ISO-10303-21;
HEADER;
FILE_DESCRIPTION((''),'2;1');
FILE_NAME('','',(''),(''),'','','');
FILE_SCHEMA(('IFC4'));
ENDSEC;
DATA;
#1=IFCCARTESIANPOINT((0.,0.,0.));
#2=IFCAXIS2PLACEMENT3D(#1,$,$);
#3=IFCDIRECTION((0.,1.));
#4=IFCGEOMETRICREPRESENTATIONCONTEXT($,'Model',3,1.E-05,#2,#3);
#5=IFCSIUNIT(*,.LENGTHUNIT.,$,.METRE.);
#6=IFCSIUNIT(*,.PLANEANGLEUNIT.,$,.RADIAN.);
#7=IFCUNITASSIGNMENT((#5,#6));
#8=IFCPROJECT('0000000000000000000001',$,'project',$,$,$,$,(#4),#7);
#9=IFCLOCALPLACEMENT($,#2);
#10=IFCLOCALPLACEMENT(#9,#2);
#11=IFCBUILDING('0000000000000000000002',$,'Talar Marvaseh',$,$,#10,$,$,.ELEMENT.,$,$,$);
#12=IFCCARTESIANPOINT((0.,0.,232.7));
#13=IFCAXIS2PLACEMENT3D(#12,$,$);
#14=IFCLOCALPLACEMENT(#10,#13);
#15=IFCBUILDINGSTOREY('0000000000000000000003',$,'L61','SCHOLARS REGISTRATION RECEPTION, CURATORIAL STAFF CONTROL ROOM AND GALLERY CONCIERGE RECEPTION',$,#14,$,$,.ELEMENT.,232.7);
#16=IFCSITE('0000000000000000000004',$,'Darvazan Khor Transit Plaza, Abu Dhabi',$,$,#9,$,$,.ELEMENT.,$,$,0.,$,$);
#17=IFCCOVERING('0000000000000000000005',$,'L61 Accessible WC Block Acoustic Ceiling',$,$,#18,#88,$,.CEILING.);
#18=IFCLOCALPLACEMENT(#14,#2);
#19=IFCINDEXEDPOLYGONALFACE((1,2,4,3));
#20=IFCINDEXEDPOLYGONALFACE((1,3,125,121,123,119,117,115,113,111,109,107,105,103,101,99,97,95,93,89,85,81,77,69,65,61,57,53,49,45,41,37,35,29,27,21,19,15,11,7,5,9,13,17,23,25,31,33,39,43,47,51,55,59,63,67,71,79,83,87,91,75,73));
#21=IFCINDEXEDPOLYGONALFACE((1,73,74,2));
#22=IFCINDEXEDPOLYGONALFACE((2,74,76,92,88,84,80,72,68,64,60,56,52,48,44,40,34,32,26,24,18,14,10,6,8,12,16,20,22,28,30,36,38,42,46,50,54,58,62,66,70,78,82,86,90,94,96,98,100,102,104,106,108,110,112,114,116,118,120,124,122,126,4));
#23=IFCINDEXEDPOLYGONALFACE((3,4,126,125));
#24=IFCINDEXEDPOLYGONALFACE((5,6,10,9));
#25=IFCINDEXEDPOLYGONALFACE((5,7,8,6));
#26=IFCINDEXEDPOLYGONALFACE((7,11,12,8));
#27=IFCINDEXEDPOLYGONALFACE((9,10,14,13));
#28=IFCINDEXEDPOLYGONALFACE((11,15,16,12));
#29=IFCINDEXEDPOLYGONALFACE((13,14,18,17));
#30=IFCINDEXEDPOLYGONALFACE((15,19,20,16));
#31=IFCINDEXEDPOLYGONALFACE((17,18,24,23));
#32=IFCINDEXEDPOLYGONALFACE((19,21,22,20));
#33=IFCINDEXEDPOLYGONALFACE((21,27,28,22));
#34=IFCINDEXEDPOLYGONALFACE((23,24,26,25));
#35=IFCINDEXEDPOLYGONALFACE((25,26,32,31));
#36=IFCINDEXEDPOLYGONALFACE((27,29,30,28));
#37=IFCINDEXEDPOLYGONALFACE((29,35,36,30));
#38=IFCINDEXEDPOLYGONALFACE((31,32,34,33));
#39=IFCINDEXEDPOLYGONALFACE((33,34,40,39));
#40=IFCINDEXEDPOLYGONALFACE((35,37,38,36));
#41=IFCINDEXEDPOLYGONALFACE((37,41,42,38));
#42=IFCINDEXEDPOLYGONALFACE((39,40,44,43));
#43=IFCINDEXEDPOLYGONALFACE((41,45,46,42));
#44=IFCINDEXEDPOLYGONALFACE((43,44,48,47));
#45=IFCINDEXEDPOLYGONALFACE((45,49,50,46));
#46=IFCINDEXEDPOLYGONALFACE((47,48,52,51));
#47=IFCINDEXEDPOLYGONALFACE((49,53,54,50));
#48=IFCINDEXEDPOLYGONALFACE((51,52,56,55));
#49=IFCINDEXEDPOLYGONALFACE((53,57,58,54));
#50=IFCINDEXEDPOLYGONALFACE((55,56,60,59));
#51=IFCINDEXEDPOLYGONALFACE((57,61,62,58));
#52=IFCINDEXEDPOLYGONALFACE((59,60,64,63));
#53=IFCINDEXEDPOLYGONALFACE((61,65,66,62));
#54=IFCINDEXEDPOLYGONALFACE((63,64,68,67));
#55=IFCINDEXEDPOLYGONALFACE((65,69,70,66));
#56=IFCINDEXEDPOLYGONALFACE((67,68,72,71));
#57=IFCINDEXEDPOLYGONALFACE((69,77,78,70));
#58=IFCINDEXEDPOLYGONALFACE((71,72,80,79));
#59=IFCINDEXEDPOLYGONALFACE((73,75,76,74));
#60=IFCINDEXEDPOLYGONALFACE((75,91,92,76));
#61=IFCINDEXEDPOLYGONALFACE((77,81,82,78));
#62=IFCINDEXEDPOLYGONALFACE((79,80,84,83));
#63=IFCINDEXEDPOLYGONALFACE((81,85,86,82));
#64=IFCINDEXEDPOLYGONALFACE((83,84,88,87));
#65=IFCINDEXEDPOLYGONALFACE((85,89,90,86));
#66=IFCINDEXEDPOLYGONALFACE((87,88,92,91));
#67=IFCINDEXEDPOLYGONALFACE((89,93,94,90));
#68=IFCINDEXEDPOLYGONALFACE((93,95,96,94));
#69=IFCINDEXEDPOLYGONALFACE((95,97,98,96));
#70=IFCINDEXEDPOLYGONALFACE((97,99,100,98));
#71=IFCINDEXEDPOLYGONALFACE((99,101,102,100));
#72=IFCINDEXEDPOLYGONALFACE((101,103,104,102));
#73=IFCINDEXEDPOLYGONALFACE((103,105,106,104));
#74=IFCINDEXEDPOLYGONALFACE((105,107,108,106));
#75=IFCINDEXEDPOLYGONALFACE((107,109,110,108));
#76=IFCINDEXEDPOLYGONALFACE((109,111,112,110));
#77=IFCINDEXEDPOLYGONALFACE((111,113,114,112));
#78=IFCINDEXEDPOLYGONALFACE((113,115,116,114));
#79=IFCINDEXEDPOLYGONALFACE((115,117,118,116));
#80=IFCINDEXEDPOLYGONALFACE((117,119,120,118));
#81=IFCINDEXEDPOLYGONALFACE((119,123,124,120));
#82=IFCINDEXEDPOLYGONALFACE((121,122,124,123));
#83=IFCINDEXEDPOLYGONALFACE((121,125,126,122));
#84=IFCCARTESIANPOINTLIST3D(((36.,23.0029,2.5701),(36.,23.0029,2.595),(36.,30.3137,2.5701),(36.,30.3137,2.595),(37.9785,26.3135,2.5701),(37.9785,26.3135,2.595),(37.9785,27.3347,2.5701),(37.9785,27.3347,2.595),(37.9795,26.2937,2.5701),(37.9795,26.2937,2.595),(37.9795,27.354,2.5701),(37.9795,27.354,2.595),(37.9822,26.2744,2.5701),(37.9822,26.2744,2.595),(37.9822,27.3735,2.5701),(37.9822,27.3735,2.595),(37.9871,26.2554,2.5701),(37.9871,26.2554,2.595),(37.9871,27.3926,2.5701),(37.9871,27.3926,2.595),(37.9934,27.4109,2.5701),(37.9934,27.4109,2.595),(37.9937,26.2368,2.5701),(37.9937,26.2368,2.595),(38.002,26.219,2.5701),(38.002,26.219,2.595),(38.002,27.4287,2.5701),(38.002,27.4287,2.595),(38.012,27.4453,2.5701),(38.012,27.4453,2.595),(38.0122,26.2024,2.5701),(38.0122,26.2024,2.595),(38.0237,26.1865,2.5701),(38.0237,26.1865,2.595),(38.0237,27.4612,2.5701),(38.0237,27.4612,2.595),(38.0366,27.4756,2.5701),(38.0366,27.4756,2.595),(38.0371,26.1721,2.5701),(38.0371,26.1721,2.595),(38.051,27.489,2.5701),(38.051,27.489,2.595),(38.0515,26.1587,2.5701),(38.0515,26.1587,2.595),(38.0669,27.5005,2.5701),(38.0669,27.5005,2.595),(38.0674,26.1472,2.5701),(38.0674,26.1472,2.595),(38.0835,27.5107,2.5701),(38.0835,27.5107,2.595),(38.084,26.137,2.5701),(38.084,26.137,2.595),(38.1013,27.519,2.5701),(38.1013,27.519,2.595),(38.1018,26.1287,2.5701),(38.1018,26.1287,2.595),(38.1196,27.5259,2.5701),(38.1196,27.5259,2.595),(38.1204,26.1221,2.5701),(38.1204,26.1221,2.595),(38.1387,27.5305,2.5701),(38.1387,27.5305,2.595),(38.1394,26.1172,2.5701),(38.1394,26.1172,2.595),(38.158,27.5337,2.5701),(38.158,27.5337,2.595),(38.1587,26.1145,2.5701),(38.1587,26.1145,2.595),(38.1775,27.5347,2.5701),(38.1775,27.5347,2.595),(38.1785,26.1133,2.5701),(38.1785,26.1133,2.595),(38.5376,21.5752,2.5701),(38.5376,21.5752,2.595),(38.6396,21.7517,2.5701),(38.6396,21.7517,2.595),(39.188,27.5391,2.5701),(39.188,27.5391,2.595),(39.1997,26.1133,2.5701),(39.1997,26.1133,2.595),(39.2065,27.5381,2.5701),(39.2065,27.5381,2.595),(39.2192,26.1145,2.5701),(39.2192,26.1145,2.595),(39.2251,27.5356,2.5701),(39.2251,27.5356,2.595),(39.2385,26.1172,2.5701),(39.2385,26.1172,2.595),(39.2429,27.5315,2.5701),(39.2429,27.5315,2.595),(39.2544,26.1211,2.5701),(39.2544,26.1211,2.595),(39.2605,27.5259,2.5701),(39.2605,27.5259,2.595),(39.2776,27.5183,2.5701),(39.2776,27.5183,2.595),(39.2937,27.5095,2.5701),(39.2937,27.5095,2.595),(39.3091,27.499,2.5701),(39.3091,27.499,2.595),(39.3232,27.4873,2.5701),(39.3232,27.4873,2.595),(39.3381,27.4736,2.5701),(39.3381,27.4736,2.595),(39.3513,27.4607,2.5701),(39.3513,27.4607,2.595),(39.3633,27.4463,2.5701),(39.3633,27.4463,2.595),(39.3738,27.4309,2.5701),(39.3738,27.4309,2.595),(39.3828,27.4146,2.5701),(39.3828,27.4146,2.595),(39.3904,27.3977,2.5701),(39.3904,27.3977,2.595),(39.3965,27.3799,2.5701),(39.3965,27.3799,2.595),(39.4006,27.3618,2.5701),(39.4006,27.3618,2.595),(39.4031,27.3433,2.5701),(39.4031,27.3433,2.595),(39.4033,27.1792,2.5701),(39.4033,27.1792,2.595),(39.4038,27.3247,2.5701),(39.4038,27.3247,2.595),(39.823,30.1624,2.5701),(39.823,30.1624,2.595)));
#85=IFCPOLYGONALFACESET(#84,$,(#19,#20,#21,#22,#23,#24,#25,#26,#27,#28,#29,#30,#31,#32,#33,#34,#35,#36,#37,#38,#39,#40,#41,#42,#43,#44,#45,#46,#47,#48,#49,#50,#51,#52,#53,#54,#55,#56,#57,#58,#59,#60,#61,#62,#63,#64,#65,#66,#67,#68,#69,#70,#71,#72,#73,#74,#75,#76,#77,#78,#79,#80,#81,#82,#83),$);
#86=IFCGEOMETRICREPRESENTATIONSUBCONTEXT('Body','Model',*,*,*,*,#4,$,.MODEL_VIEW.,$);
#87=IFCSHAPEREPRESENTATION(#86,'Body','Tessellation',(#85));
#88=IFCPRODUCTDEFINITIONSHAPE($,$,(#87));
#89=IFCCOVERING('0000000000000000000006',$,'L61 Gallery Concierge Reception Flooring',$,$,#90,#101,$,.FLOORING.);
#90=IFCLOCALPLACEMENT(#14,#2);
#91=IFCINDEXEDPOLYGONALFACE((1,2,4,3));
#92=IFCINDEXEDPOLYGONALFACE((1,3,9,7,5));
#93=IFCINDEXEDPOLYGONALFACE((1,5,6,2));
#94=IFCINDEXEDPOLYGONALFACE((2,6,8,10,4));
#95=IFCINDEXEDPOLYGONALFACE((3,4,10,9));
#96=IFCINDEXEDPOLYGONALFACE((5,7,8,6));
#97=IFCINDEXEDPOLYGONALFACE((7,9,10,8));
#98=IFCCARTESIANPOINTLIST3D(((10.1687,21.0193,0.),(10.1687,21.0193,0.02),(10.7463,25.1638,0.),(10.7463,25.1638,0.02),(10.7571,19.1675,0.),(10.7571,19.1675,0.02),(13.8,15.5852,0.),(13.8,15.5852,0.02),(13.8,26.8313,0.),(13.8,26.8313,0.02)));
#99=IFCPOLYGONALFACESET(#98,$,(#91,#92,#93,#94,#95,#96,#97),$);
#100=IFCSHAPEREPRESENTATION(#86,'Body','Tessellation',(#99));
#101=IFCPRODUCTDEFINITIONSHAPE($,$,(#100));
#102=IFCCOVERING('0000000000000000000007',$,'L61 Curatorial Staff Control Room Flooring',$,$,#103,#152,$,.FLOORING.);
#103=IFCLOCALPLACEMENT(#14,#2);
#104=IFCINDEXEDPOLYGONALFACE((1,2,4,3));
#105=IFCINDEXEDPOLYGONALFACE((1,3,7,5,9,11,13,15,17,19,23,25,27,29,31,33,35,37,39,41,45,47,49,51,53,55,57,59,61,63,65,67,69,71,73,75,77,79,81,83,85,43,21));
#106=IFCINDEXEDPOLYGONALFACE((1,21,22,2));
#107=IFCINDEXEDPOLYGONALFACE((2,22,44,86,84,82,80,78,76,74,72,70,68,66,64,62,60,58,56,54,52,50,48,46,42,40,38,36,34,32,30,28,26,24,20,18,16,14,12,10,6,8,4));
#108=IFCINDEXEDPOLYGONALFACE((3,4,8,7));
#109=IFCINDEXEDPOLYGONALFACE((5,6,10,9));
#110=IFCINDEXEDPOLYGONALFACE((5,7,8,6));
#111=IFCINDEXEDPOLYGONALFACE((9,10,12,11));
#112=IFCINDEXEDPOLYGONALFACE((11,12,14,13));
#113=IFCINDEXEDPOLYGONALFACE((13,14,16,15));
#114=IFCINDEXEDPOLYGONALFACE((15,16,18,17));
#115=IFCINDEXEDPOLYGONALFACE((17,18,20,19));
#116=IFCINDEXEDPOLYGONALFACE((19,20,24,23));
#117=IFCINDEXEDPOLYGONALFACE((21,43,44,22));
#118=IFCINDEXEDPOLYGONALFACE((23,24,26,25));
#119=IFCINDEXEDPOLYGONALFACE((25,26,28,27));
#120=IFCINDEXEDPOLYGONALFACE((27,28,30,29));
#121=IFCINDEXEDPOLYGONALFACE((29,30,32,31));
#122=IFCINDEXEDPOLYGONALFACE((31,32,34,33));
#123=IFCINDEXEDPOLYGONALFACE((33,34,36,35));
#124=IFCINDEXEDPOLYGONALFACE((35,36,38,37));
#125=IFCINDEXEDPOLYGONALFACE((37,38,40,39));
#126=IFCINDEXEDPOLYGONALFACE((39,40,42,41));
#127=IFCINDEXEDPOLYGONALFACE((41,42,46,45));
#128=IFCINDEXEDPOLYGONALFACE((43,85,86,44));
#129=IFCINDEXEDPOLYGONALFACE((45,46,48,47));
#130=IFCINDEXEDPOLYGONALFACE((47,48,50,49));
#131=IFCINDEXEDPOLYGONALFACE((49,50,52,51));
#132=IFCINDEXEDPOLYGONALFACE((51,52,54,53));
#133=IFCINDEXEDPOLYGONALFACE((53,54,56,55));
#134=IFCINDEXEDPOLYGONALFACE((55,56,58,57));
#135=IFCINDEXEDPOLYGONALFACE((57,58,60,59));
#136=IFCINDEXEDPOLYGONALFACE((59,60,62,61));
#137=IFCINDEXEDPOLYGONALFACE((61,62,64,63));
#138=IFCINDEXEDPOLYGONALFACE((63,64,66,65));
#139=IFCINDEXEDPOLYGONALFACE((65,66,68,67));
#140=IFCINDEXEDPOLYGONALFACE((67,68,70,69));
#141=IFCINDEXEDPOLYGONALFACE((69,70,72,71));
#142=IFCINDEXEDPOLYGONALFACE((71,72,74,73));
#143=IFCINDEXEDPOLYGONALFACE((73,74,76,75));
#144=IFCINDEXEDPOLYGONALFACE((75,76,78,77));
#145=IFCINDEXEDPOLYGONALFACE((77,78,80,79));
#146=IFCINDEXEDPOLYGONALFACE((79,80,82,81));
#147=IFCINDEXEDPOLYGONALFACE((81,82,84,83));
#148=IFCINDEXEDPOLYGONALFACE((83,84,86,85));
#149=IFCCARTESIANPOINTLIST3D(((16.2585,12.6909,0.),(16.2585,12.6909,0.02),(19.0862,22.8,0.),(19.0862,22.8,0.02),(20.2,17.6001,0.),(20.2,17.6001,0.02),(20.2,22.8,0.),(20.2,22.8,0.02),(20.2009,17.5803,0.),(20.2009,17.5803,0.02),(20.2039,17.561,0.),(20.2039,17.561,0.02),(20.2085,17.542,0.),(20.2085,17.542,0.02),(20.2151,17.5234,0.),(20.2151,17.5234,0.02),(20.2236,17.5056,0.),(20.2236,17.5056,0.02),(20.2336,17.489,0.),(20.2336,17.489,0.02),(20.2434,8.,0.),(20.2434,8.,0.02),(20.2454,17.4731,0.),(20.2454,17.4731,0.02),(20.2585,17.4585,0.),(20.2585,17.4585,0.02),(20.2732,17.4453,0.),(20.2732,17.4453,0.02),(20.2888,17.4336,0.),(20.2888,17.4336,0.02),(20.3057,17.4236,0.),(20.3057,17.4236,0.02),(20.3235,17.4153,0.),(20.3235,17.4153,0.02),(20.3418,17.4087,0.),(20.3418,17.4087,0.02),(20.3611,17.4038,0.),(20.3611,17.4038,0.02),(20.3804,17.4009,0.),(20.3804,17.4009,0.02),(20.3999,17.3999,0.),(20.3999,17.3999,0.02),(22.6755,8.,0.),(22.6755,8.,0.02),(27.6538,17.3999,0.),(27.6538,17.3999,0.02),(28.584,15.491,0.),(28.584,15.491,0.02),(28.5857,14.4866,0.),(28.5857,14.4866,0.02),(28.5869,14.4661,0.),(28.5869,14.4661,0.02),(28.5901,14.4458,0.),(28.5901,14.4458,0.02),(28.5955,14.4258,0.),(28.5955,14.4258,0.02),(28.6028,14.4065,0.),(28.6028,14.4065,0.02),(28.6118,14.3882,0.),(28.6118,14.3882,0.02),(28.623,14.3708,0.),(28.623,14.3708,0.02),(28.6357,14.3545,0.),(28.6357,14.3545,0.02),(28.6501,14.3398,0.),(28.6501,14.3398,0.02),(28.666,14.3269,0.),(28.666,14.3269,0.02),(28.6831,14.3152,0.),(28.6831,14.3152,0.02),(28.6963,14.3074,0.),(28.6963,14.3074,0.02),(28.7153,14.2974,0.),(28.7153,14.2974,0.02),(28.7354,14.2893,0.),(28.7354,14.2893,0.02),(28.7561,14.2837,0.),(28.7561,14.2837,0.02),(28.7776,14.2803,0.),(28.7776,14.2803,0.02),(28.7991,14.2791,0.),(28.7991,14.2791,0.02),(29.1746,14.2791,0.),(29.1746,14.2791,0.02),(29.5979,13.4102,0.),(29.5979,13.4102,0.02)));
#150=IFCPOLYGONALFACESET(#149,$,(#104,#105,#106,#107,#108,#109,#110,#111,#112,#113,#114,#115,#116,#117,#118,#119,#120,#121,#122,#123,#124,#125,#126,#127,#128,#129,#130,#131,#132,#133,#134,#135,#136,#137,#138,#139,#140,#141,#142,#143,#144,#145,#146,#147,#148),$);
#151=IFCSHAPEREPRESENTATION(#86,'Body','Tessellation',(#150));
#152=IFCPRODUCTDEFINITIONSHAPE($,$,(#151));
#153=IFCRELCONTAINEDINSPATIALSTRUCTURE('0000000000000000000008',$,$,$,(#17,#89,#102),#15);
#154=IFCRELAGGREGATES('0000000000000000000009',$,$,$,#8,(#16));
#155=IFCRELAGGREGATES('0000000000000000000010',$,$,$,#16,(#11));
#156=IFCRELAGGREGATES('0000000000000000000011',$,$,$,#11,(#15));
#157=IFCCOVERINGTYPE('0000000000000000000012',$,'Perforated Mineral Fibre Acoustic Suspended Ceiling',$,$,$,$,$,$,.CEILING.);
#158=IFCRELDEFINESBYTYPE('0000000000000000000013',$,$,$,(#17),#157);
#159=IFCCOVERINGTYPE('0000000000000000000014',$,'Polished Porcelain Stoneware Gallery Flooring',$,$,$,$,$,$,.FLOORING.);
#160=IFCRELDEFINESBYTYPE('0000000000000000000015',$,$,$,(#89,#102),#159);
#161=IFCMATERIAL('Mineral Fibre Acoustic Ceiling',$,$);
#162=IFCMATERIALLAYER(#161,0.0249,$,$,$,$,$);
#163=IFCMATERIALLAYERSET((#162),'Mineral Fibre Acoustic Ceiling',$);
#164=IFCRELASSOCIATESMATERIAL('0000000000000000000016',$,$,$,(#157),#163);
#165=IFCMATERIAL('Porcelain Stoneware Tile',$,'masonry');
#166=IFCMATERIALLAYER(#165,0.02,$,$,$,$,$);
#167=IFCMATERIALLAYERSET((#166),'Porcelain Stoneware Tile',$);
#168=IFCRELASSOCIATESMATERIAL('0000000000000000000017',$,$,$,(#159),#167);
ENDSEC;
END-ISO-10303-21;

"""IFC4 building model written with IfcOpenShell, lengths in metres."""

from ifc_helpers import new_model, si_unit, direction, frame, origin, place, context, subcontext, project, spatial, polyline, outline, extrude, material, layer, layer_set, type_object, element, save


model = new_model("IFC4")

# Units and contexts
model_context = context("Model", 3, precision=1e-05, world=origin(), true_north=direction((0.0, 1.0)))
body_context = subcontext(model_context, "Body", "Model", "MODEL_VIEW")
ifc_project = project(units=[si_unit("LENGTHUNIT", "METRE"), si_unit("PLANEANGLEUNIT", "RADIAN")], contexts=[model_context])

# Site, building, storey
site_placement = place(None, origin())
site = spatial("IfcSite", under=ifc_project, at=site_placement, Name="Darvazan Khor Transit Plaza, Abu Dhabi", CompositionType="ELEMENT", RefElevation=0.0)
building_placement = place(site_placement, origin())
building = spatial("IfcBuilding", under=site, at=building_placement, Name="Talar Marvaseh", CompositionType="ELEMENT")
storey_placement = place(building_placement, frame((0.0, 0.0, 232.7)))
storey = spatial("IfcBuildingStorey", under=building, at=storey_placement, Name="L61", Description="SCHOLARS REGISTRATION RECEPTION, CURATORIAL STAFF CONTROL ROOM AND GALLERY CONCIERGE RECEPTION", CompositionType="ELEMENT", Elevation=232.7)

# Coverings
ifc_material_1 = material(Name="Mineral Fibre Acoustic Ceiling")
ifc_layer_1 = layer(ifc_material_1, 0.0249)
ifc_layer_set_1 = layer_set([ifc_layer_1], Name="Mineral Fibre Acoustic Ceiling")
covering_type_1 = type_object("IfcCoveringType", Name="Perforated Mineral Fibre Acoustic Suspended Ceiling", PredefinedType="CEILING", material=ifc_layer_set_1)
covering_1_placement = place(storey_placement, frame((0.0, 0.0, 2.5701)))
element("IfcCovering", 1, at=covering_1_placement, inside=storey, type_object=covering_type_1, Name="L61 Accessible WC Block Acoustic Ceiling", PredefinedType="CEILING", context=body_context, shape_type="SweptSolid", body=[
    extrude(outline(polyline([(39.823, 30.1624), (39.4033, 27.1792), (39.4038, 27.3247), (39.4031, 27.3433), (39.4006, 27.3618), (39.3965, 27.3799), (39.3904, 27.3977), (39.3828, 27.4146), (39.3738, 27.4309), (39.3633, 27.4463), (39.3513, 27.4607), (39.3381, 27.4736), (39.3232, 27.4873), (39.3091, 27.499), (39.2937, 27.5095), (39.2776, 27.5183), (39.2605, 27.5259), (39.2429, 27.5315), (39.2251, 27.5356), (39.2065, 27.5381), (39.188, 27.5391), (38.1775, 27.5347), (38.158, 27.5337), (38.1387, 27.5305), (38.1196, 27.5259), (38.1013, 27.519), (38.0835, 27.5107), (38.0669, 27.5005), (38.051, 27.489), (38.0366, 27.4756), (38.0237, 27.4612), (38.012, 27.4453), (38.002, 27.4287), (37.9934, 27.4109), (37.9871, 27.3926), (37.9822, 27.3735), (37.9795, 27.354), (37.9785, 27.3347), (37.9785, 26.3135), (37.9795, 26.2937), (37.9822, 26.2744), (37.9871, 26.2554), (37.9937, 26.2368), (38.002, 26.219), (38.0122, 26.2024), (38.0237, 26.1865), (38.0371, 26.1721), (38.0515, 26.1587), (38.0674, 26.1472), (38.084, 26.137), (38.1018, 26.1287), (38.1204, 26.1221), (38.1394, 26.1172), (38.1587, 26.1145), (38.1785, 26.1133), (39.1997, 26.1133), (39.2192, 26.1145), (39.2385, 26.1172), (39.2544, 26.1211), (38.6396, 21.7517), (38.5376, 21.5752), (36.0, 23.0029), (36.0, 30.3137), (39.823, 30.1624)])), origin(), (0.0, 0.0, 1.0), 0.0249),
])
ifc_material_2 = material(Name="Porcelain Stoneware Tile", Category="masonry")
ifc_layer_2 = layer(ifc_material_2, 0.02)
ifc_layer_set_2 = layer_set([ifc_layer_2], Name="Porcelain Stoneware Tile")
covering_type_2 = type_object("IfcCoveringType", Name="Polished Porcelain Stoneware Gallery Flooring", PredefinedType="FLOORING", material=ifc_layer_set_2)
covering_2_placement = place(storey_placement, origin())
element("IfcCovering", 2, at=covering_2_placement, inside=storey, type_object=covering_type_2, Name="L61 Gallery Concierge Reception Flooring", PredefinedType="FLOORING", context=body_context, shape_type="SweptSolid", body=[
    extrude(outline(polyline([(13.8, 26.8313), (13.8, 15.5852), (10.7571, 19.1675), (10.1687, 21.0193), (10.7463, 25.1638), (13.8, 26.8313)])), origin(), (0.0, 0.0, 1.0), 0.02),
])
covering_3_placement = place(storey_placement, origin())
element("IfcCovering", 3, at=covering_3_placement, inside=storey, type_object=covering_type_2, Name="L61 Curatorial Staff Control Room Flooring", PredefinedType="FLOORING", context=body_context, shape_type="SweptSolid", body=[
    extrude(outline(polyline([(19.0862, 22.8), (20.2, 22.8), (20.2, 17.6001), (20.2009, 17.5803), (20.2039, 17.561), (20.2085, 17.542), (20.2151, 17.5234), (20.2236, 17.5056), (20.2336, 17.489), (20.2454, 17.4731), (20.2585, 17.4585), (20.2732, 17.4453), (20.2888, 17.4336), (20.3057, 17.4236), (20.3235, 17.4153), (20.3418, 17.4087), (20.3611, 17.4038), (20.3804, 17.4009), (20.3999, 17.3999), (27.6538, 17.3999), (28.584, 15.491), (28.5857, 14.4866), (28.5869, 14.4661), (28.5901, 14.4458), (28.5955, 14.4258), (28.6028, 14.4065), (28.6118, 14.3882), (28.623, 14.3708), (28.6357, 14.3545), (28.6501, 14.3398), (28.666, 14.3269), (28.6831, 14.3152), (28.6963, 14.3074), (28.7153, 14.2974), (28.7354, 14.2893), (28.7561, 14.2837), (28.7776, 14.2803), (28.7991, 14.2791), (29.1746, 14.2791), (29.5979, 13.4102), (22.6755, 8.0), (20.2434, 8.0), (16.2585, 12.6909), (19.0862, 22.8)])), origin(), (0.0, 0.0, 1.0), 0.02),
])

save(model, "model.ifc")
